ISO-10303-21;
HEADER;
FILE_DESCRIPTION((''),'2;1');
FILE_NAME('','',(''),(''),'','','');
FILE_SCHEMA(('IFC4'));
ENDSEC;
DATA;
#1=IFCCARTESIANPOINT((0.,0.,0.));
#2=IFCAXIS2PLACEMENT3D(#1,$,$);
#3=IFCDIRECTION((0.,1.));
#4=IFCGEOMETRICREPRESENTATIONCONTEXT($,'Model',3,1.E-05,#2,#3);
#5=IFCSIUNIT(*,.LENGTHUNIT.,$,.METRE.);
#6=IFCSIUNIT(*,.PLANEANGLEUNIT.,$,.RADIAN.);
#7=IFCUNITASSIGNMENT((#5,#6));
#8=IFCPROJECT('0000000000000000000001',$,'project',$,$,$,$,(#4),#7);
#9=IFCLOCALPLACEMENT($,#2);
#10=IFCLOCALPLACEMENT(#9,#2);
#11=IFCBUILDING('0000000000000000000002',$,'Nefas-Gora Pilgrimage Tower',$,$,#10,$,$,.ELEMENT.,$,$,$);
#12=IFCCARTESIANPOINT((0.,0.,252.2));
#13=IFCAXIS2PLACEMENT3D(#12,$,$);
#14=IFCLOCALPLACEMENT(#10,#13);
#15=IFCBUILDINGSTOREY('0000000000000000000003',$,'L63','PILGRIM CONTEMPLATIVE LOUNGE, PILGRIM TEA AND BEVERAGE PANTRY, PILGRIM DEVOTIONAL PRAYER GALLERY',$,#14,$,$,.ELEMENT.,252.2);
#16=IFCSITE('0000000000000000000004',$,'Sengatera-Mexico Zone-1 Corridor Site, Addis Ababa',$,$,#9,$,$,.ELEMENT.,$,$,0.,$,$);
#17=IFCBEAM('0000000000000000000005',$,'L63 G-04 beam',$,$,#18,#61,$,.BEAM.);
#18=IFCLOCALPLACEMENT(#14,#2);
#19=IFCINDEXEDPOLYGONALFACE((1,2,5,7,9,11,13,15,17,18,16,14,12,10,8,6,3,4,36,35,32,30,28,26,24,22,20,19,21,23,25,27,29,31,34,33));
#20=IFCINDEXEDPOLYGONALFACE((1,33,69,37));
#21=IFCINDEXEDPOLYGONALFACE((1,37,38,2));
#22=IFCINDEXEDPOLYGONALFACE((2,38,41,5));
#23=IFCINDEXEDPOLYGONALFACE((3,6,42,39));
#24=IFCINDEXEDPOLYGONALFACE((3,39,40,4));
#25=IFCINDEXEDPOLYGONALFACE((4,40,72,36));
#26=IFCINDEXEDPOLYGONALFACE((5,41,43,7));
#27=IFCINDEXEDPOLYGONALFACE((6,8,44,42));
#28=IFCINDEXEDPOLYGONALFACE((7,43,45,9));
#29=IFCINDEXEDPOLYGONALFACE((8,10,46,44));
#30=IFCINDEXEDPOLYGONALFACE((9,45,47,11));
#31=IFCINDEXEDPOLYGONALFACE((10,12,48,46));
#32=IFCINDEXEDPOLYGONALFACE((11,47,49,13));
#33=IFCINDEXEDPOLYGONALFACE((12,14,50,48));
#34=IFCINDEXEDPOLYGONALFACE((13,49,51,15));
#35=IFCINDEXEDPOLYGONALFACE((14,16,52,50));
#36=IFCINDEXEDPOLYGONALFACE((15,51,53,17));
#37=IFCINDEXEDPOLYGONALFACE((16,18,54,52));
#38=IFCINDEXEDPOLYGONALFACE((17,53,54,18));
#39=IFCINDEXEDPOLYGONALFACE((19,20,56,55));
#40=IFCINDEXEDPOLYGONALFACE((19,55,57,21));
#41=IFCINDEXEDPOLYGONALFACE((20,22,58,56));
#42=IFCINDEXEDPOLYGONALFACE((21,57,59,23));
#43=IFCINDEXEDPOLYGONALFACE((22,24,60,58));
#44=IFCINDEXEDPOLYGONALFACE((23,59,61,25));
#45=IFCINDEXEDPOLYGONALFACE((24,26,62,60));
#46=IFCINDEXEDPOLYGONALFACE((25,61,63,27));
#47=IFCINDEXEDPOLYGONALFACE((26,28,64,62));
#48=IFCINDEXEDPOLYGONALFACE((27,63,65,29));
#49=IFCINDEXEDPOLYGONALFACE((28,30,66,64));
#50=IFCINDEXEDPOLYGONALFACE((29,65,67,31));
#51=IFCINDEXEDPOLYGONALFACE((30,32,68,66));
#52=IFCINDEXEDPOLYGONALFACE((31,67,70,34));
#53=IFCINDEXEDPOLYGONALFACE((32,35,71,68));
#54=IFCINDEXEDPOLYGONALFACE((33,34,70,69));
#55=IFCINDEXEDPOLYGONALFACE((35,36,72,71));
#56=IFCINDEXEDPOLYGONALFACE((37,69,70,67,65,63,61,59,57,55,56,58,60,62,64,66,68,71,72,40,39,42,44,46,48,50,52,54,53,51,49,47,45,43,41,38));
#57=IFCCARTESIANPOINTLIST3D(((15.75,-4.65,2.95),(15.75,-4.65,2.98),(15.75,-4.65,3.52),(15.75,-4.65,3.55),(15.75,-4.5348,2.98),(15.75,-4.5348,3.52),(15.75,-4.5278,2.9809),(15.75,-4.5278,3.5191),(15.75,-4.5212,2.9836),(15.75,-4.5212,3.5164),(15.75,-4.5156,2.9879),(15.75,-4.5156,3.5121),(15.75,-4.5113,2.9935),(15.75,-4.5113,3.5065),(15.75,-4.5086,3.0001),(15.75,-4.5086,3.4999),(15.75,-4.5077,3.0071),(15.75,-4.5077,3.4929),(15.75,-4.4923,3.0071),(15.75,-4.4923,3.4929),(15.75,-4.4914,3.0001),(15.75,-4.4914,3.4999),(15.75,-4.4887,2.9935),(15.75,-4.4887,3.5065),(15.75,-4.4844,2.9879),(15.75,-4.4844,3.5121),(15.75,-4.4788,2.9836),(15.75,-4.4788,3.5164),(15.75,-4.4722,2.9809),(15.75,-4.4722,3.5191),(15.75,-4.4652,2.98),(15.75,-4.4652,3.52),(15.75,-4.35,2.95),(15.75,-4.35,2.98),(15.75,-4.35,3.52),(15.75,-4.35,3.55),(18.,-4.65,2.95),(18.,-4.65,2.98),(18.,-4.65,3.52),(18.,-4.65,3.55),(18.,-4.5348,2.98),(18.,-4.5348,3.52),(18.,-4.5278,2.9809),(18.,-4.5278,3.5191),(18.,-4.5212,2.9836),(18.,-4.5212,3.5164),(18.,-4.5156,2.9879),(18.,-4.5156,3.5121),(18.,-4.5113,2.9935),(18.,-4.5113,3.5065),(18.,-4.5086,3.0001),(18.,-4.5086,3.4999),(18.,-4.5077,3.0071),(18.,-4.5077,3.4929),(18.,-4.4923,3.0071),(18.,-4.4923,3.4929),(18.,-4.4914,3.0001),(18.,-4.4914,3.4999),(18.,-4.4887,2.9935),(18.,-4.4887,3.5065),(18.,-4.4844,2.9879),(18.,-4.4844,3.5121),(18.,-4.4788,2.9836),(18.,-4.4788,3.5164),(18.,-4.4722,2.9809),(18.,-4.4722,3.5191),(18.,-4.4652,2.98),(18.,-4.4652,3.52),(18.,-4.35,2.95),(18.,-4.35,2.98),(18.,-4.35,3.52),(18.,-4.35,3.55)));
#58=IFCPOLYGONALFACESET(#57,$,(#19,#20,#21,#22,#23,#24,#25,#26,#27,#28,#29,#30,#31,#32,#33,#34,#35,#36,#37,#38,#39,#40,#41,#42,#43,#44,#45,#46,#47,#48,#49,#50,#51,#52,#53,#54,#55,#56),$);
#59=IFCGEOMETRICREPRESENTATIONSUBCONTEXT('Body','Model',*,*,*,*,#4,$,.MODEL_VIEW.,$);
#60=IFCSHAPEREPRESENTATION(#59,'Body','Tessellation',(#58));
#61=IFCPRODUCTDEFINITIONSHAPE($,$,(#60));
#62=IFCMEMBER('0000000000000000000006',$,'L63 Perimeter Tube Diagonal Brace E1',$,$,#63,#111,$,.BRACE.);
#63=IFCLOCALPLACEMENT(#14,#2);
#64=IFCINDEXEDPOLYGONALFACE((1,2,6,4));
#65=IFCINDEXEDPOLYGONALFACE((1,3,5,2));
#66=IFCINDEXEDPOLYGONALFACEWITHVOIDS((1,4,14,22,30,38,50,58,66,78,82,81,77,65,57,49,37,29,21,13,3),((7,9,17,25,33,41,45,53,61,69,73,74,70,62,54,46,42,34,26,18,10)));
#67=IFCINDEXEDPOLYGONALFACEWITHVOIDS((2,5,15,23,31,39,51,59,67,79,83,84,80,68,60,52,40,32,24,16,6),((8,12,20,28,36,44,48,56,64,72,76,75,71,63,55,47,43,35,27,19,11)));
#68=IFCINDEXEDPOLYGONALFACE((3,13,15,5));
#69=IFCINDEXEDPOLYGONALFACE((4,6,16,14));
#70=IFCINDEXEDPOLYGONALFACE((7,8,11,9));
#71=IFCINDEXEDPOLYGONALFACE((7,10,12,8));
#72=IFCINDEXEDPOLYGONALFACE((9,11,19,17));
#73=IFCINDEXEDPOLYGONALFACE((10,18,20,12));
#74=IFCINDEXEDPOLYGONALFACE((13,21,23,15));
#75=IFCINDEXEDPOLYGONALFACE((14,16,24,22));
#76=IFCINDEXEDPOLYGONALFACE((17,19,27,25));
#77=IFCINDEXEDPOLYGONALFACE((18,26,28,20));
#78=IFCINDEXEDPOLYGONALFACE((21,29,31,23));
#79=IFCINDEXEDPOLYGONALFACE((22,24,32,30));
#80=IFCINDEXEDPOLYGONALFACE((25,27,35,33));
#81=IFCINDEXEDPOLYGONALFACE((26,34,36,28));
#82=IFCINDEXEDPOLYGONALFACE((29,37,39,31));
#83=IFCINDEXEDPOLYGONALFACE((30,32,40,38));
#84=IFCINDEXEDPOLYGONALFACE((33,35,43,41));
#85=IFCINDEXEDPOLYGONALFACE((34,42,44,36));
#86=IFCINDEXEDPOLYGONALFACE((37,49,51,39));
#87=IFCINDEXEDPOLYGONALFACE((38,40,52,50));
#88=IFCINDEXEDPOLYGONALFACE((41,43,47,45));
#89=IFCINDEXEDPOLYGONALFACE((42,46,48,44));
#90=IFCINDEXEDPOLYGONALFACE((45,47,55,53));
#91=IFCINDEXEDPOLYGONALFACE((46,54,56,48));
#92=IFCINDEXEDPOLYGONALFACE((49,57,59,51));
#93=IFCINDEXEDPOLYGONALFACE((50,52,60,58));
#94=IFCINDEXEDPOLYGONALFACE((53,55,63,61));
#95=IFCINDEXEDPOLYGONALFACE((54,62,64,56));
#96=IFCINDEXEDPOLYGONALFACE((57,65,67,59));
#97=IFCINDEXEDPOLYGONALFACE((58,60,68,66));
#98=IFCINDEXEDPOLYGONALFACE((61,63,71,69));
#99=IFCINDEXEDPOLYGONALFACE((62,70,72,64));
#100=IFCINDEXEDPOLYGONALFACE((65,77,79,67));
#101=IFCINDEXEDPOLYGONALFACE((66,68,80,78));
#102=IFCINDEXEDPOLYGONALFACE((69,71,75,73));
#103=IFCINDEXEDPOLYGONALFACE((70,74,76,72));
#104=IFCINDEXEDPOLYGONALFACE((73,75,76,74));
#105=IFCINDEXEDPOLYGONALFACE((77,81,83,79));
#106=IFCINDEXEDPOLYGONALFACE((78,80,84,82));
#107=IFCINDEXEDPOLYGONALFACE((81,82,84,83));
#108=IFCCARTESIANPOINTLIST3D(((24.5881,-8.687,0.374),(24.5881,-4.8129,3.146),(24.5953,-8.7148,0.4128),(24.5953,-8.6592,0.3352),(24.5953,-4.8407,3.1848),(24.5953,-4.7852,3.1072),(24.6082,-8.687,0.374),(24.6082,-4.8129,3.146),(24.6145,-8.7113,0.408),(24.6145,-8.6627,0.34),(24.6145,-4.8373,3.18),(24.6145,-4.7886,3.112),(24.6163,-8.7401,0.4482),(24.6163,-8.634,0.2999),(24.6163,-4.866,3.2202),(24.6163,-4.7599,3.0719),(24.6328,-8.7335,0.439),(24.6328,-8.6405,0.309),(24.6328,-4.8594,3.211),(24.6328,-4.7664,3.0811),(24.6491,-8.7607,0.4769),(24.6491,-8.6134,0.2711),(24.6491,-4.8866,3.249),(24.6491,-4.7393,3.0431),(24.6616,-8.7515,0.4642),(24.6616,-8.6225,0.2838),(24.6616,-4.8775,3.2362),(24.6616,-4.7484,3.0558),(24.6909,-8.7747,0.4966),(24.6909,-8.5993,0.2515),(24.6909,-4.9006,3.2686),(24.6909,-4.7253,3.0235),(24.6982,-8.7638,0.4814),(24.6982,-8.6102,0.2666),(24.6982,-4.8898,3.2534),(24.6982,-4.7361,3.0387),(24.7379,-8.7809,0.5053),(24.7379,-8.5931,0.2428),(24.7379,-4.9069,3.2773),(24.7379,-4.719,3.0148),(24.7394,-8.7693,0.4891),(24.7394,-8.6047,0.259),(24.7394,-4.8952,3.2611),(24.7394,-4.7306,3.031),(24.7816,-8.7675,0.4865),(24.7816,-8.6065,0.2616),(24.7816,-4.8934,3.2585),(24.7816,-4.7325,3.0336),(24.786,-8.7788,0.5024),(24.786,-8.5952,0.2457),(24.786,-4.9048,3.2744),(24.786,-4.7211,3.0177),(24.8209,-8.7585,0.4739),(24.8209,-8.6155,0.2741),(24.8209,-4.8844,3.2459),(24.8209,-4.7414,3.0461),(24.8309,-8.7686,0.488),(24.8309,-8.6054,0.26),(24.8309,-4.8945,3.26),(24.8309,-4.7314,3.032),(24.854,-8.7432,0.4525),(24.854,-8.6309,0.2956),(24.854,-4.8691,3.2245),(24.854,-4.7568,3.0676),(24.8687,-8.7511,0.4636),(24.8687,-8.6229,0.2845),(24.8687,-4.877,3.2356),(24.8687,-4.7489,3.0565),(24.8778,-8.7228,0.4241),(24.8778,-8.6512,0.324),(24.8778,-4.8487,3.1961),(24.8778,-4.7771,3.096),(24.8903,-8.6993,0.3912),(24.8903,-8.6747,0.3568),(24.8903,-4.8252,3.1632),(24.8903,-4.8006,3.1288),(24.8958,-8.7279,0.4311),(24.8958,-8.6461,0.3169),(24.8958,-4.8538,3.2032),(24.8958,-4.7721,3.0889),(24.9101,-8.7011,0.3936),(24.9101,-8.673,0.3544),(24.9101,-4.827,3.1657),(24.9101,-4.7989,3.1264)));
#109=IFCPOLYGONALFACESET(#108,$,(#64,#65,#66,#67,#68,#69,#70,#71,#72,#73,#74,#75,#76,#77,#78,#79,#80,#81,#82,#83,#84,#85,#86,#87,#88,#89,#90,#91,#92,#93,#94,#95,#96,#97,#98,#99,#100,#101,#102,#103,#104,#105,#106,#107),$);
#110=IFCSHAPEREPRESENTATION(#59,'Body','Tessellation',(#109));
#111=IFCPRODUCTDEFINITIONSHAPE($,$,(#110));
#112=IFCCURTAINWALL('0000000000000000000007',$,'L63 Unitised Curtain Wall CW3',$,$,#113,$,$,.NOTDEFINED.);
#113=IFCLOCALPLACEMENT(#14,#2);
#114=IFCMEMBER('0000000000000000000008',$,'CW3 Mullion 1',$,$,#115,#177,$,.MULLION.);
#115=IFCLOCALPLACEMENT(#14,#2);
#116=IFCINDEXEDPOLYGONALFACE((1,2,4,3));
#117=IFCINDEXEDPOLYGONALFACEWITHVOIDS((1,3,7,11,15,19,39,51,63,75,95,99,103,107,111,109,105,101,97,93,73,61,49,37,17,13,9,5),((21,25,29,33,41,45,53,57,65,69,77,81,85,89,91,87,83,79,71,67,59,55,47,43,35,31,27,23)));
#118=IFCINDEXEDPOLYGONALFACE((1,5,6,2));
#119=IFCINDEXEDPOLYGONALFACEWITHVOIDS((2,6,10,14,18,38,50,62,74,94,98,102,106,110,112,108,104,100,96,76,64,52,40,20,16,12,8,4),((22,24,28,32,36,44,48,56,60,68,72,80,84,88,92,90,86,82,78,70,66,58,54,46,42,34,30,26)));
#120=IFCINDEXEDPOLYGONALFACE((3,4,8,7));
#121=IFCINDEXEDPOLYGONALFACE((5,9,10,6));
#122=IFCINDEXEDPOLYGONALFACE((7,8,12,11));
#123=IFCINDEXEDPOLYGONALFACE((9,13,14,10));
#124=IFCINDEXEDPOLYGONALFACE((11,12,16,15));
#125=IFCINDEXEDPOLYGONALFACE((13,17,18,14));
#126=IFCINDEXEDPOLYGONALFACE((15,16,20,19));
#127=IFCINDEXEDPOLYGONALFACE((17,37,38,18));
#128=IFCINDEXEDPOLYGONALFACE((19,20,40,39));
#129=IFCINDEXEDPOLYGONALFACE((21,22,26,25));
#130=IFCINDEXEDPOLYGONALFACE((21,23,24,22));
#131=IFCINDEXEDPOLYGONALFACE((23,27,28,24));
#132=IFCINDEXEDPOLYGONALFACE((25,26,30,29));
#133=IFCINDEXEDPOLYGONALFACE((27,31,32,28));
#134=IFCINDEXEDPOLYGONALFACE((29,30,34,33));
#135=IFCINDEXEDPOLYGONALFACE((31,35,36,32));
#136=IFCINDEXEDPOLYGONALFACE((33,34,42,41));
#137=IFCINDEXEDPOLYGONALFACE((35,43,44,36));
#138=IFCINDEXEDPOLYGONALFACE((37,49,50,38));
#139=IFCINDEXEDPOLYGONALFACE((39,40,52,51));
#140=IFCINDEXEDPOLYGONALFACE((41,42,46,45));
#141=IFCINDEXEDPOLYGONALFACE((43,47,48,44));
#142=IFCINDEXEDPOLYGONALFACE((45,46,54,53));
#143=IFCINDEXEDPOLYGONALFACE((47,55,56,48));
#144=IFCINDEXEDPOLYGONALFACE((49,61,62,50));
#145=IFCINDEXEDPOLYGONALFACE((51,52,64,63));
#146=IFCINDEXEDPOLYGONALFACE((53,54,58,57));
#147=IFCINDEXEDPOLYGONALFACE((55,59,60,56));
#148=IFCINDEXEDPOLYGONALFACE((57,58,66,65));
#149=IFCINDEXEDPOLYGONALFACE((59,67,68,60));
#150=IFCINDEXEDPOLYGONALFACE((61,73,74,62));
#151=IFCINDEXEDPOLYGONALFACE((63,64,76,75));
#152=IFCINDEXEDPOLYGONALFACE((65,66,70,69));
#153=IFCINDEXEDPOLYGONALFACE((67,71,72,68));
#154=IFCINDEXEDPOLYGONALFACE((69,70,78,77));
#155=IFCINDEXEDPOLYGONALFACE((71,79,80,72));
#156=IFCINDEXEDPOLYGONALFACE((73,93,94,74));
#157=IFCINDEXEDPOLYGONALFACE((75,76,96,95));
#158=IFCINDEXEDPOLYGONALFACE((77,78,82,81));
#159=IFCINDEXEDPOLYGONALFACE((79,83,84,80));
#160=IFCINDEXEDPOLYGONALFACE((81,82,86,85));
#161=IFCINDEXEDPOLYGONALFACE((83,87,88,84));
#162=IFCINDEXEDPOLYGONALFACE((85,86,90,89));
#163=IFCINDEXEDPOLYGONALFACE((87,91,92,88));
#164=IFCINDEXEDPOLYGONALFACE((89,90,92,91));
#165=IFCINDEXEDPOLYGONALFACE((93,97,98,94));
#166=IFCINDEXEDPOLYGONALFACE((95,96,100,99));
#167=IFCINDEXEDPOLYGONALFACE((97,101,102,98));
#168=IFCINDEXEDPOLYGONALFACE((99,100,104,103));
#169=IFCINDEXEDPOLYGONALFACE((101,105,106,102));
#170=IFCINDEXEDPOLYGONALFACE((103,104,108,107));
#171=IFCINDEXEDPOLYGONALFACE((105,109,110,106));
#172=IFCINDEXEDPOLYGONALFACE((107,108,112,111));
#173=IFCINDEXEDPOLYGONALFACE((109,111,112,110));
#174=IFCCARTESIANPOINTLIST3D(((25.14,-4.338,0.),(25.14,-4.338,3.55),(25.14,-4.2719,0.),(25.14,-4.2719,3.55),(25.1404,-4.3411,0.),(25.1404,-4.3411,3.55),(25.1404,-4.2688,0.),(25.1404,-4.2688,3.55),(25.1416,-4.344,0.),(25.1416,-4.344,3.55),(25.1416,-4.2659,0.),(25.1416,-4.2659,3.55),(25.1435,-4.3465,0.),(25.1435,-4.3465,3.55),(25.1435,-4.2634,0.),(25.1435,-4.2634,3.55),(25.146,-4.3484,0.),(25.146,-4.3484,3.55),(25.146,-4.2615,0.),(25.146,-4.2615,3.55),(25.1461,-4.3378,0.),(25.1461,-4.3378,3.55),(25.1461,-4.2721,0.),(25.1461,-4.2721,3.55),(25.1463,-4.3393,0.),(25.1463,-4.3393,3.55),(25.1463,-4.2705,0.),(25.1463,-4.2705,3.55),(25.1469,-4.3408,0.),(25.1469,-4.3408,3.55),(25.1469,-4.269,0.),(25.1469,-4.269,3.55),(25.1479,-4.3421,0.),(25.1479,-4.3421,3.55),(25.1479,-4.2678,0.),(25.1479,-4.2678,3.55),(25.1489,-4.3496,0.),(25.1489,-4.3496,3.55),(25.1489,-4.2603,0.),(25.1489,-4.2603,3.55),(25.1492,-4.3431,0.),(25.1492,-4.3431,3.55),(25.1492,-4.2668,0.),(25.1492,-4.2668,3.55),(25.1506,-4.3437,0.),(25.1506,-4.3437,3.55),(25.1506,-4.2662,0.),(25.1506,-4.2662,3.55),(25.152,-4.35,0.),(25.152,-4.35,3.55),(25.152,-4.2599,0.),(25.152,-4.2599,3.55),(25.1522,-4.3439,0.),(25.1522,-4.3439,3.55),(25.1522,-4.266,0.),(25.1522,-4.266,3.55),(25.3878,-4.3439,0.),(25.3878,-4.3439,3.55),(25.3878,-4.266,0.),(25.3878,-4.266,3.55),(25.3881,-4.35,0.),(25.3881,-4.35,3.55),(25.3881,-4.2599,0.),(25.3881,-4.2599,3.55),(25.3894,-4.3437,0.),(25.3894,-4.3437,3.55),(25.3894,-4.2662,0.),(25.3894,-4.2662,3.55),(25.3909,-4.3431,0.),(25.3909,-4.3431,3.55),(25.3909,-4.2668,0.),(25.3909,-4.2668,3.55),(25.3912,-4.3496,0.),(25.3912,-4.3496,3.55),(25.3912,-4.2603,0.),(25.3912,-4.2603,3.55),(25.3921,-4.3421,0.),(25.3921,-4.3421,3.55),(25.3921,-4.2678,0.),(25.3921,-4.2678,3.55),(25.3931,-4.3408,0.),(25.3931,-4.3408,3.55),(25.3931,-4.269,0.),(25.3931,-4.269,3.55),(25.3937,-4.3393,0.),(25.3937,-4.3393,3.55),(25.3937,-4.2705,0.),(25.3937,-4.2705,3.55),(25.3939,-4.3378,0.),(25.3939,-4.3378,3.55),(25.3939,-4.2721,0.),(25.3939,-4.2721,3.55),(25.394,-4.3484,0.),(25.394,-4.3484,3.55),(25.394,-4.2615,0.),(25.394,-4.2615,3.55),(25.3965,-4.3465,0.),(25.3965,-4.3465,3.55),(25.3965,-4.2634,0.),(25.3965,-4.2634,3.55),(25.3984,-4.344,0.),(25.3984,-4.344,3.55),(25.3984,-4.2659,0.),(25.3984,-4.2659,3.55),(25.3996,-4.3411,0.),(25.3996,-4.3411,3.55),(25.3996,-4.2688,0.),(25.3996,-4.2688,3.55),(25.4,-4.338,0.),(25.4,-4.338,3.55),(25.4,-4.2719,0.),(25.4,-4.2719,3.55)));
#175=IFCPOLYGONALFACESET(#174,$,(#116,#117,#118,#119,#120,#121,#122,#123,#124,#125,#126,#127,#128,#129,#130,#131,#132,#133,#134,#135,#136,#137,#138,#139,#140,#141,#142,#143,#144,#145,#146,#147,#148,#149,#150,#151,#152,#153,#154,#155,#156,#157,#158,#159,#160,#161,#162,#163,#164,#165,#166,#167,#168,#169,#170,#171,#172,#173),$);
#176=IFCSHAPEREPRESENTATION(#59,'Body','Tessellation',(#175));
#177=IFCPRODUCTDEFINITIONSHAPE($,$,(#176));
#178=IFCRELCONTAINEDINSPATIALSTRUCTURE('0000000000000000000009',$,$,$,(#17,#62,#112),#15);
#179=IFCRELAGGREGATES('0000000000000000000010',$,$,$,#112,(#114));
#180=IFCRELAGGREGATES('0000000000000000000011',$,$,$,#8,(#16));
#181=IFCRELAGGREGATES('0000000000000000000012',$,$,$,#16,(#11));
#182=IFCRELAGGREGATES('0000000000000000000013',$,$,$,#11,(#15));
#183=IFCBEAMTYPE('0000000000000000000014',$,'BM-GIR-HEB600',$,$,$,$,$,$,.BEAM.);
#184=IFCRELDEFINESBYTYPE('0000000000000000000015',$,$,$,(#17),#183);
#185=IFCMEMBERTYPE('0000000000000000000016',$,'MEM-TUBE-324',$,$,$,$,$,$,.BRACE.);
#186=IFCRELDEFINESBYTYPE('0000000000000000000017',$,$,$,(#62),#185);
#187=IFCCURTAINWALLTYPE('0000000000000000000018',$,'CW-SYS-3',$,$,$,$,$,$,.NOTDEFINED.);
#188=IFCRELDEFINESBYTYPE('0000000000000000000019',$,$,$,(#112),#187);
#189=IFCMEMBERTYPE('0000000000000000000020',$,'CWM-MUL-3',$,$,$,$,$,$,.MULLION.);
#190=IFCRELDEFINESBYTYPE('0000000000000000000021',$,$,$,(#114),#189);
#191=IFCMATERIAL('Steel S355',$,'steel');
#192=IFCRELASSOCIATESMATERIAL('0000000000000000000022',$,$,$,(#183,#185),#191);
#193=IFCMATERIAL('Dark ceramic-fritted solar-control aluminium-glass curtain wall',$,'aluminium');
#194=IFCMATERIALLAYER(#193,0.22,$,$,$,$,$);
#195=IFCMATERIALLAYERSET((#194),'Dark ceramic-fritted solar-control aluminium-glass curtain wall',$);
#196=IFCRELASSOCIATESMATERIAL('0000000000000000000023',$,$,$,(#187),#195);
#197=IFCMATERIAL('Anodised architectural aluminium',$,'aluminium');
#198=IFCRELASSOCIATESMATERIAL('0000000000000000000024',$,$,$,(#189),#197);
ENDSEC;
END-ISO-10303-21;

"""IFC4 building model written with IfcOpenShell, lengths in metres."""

from ifc_helpers import new_model, si_unit, direction, frame, origin, origin_2d, place, context, subcontext, project, spatial, hollow_rectangle, hollow_circle, i_section, extrude, source, transform, mapped, material, layer, layer_set, material_profile, profile_set, type_object, element, aggregate, save


model = new_model("IFC4")

# Units and contexts
model_context = context("Model", 3, precision=1e-05, world=origin(), true_north=direction((0.0, 1.0)))
body_context = subcontext(model_context, "Body", "Model", "MODEL_VIEW")
ifc_project = project(units=[si_unit("LENGTHUNIT", "METRE"), si_unit("PLANEANGLEUNIT", "RADIAN")], contexts=[model_context])

# Site, building, storey
site_placement = place(None, origin())
site = spatial("IfcSite", under=ifc_project, at=site_placement, Name="Sengatera-Mexico Zone-1 Corridor Site, Addis Ababa", CompositionType="ELEMENT", RefElevation=0.0)
building_placement = place(site_placement, origin())
building = spatial("IfcBuilding", under=site, at=building_placement, Name="Nefas-Gora Pilgrimage Tower", CompositionType="ELEMENT")
storey_placement = place(building_placement, frame((0.0, 0.0, 252.2)))
storey = spatial("IfcBuildingStorey", under=building, at=storey_placement, Name="L63", Description="PILGRIM CONTEMPLATIVE LOUNGE, PILGRIM TEA AND BEVERAGE PANTRY, PILGRIM DEVOTIONAL PRAYER GALLERY", CompositionType="ELEMENT", Elevation=252.2)

# Beam
ifc_material_1 = material(Name="Steel S355", Category="steel")
ifc_material_profile_1 = material_profile(ifc_material_1, i_section(OverallWidth=0.3, OverallDepth=0.6001, WebThickness=0.0154, FlangeThickness=0.03, FilletRadius=0.0271, at=origin_2d()), Name="HEB 600")
ifc_profile_set_1 = profile_set([ifc_material_profile_1], Name="Steel S355")
beam_type_1 = type_object("IfcBeamType", Name="BM-GIR-HEB600", PredefinedType="BEAM", material=ifc_profile_set_1)
shared_shape_1 = source(origin(), body_context, "Body", "SweptSolid", [
    extrude(i_section(OverallWidth=0.3, OverallDepth=0.6001, WebThickness=0.0154, FlangeThickness=0.03, FilletRadius=0.0271, at=origin_2d()), origin(), (0.0, 0.0, 1.0), 2.25),
])
for number, where, z_axis, x_axis, name in (
    (1, (15.75, -4.5, 3.25), (1.0, 0.0, 0.0), (0.0, 1.0, 0.0), "L63 G-04 beam"),
):
    element("IfcBeam", number, at=place(storey_placement, frame(where, z_axis=z_axis, x_axis=x_axis)), inside=storey, type_object=beam_type_1, Name=name, PredefinedType="BEAM", context=body_context, shape_type="MappedRepresentation", body=[
        mapped(shared_shape_1, transform((0.0, 0.0, 0.0), x_axis=(1.0, 0.0, 0.0), y_axis=(0.0, 1.0, 0.0), z_axis=(0.0, 0.0, 1.0), scale=1.0)),
    ])

# Member
ifc_material_profile_2 = material_profile(ifc_material_1, hollow_circle(Radius=0.1619, WallThickness=0.02, at=origin_2d()), Name="CHS 323.9x20")
ifc_profile_set_2 = profile_set([ifc_material_profile_2], Name="Steel S355")
member_type_1 = type_object("IfcMemberType", Name="MEM-TUBE-324", PredefinedType="BRACE", material=ifc_profile_set_2)
shared_shape_2 = source(origin(), body_context, "Body", "SweptSolid", [
    extrude(hollow_circle(Radius=0.1619, WallThickness=0.02, at=origin_2d()), origin(), (0.0, 0.0, 1.0), 4.7637),
])
member_1_placement = place(storey_placement, frame((24.75, -8.687, 0.374), z_axis=(0.0, 0.813255, 0.581907), x_axis=(-1.0, 0.0, 0.0)))
element("IfcMember", 2, at=member_1_placement, inside=storey, type_object=member_type_1, Name="L63 Perimeter Tube Diagonal Brace E1", PredefinedType="BRACE", context=body_context, shape_type="MappedRepresentation", body=[
    mapped(shared_shape_2, transform((0.0, 0.0, 0.0), x_axis=(1.0, 0.0, 0.0), y_axis=(0.0, 1.0, 0.0), z_axis=(0.0, 0.0, 1.0), scale=1.0)),
])

# Curtain wall, member
ifc_material_2 = material(Name="Dark ceramic-fritted solar-control aluminium-glass curtain wall", Category="aluminium")
ifc_layer_1 = layer(ifc_material_2, 0.22)
ifc_layer_set_1 = layer_set([ifc_layer_1], Name="Dark ceramic-fritted solar-control aluminium-glass curtain wall")
curtain_wall_type = type_object("IfcCurtainWallType", Name="CW-SYS-3", PredefinedType="NOTDEFINED", material=ifc_layer_set_1)
curtain_wall_placement = place(storey_placement, origin())
curtain_wall = element("IfcCurtainWall", 3, at=curtain_wall_placement, inside=storey, type_object=curtain_wall_type, Name="L63 Unitised Curtain Wall CW3", PredefinedType="NOTDEFINED")
ifc_material_3 = material(Name="Anodised architectural aluminium", Category="aluminium")
ifc_material_profile_3 = material_profile(ifc_material_3, hollow_rectangle(XDim=0.0901, YDim=0.26, WallThickness=0.0061, InnerFilletRadius=0.0061, OuterFilletRadius=0.012, at=origin_2d()), Name="ALU MULLION 90x260")
ifc_profile_set_3 = profile_set([ifc_material_profile_3], Name="Anodised architectural aluminium")
member_type_2 = type_object("IfcMemberType", Name="CWM-MUL-3", PredefinedType="MULLION", material=ifc_profile_set_3)
shared_shape_3 = source(origin(), body_context, "Body", "SweptSolid", [
    extrude(hollow_rectangle(XDim=0.0901, YDim=0.26, WallThickness=0.0061, InnerFilletRadius=0.0061, OuterFilletRadius=0.012, at=origin_2d()), origin(), (0.0, 0.0, 1.0), 3.55),
])
member_2_placement = place(storey_placement, frame((25.27, -4.3049, 0.0), z_axis=(0.0, 0.0, 1.0), x_axis=(0.0, 1.0, 0.0)))
member_2 = element("IfcMember", 4, at=member_2_placement, type_object=member_type_2, Name="CW3 Mullion 1", PredefinedType="MULLION", context=body_context, shape_type="MappedRepresentation", body=[
    mapped(shared_shape_3, transform((0.0, 0.0, 0.0), x_axis=(1.0, 0.0, 0.0), y_axis=(0.0, 1.0, 0.0), z_axis=(0.0, 0.0, 1.0), scale=1.0)),
])
aggregate(curtain_wall, [member_2])

save(model, "model.ifc")
